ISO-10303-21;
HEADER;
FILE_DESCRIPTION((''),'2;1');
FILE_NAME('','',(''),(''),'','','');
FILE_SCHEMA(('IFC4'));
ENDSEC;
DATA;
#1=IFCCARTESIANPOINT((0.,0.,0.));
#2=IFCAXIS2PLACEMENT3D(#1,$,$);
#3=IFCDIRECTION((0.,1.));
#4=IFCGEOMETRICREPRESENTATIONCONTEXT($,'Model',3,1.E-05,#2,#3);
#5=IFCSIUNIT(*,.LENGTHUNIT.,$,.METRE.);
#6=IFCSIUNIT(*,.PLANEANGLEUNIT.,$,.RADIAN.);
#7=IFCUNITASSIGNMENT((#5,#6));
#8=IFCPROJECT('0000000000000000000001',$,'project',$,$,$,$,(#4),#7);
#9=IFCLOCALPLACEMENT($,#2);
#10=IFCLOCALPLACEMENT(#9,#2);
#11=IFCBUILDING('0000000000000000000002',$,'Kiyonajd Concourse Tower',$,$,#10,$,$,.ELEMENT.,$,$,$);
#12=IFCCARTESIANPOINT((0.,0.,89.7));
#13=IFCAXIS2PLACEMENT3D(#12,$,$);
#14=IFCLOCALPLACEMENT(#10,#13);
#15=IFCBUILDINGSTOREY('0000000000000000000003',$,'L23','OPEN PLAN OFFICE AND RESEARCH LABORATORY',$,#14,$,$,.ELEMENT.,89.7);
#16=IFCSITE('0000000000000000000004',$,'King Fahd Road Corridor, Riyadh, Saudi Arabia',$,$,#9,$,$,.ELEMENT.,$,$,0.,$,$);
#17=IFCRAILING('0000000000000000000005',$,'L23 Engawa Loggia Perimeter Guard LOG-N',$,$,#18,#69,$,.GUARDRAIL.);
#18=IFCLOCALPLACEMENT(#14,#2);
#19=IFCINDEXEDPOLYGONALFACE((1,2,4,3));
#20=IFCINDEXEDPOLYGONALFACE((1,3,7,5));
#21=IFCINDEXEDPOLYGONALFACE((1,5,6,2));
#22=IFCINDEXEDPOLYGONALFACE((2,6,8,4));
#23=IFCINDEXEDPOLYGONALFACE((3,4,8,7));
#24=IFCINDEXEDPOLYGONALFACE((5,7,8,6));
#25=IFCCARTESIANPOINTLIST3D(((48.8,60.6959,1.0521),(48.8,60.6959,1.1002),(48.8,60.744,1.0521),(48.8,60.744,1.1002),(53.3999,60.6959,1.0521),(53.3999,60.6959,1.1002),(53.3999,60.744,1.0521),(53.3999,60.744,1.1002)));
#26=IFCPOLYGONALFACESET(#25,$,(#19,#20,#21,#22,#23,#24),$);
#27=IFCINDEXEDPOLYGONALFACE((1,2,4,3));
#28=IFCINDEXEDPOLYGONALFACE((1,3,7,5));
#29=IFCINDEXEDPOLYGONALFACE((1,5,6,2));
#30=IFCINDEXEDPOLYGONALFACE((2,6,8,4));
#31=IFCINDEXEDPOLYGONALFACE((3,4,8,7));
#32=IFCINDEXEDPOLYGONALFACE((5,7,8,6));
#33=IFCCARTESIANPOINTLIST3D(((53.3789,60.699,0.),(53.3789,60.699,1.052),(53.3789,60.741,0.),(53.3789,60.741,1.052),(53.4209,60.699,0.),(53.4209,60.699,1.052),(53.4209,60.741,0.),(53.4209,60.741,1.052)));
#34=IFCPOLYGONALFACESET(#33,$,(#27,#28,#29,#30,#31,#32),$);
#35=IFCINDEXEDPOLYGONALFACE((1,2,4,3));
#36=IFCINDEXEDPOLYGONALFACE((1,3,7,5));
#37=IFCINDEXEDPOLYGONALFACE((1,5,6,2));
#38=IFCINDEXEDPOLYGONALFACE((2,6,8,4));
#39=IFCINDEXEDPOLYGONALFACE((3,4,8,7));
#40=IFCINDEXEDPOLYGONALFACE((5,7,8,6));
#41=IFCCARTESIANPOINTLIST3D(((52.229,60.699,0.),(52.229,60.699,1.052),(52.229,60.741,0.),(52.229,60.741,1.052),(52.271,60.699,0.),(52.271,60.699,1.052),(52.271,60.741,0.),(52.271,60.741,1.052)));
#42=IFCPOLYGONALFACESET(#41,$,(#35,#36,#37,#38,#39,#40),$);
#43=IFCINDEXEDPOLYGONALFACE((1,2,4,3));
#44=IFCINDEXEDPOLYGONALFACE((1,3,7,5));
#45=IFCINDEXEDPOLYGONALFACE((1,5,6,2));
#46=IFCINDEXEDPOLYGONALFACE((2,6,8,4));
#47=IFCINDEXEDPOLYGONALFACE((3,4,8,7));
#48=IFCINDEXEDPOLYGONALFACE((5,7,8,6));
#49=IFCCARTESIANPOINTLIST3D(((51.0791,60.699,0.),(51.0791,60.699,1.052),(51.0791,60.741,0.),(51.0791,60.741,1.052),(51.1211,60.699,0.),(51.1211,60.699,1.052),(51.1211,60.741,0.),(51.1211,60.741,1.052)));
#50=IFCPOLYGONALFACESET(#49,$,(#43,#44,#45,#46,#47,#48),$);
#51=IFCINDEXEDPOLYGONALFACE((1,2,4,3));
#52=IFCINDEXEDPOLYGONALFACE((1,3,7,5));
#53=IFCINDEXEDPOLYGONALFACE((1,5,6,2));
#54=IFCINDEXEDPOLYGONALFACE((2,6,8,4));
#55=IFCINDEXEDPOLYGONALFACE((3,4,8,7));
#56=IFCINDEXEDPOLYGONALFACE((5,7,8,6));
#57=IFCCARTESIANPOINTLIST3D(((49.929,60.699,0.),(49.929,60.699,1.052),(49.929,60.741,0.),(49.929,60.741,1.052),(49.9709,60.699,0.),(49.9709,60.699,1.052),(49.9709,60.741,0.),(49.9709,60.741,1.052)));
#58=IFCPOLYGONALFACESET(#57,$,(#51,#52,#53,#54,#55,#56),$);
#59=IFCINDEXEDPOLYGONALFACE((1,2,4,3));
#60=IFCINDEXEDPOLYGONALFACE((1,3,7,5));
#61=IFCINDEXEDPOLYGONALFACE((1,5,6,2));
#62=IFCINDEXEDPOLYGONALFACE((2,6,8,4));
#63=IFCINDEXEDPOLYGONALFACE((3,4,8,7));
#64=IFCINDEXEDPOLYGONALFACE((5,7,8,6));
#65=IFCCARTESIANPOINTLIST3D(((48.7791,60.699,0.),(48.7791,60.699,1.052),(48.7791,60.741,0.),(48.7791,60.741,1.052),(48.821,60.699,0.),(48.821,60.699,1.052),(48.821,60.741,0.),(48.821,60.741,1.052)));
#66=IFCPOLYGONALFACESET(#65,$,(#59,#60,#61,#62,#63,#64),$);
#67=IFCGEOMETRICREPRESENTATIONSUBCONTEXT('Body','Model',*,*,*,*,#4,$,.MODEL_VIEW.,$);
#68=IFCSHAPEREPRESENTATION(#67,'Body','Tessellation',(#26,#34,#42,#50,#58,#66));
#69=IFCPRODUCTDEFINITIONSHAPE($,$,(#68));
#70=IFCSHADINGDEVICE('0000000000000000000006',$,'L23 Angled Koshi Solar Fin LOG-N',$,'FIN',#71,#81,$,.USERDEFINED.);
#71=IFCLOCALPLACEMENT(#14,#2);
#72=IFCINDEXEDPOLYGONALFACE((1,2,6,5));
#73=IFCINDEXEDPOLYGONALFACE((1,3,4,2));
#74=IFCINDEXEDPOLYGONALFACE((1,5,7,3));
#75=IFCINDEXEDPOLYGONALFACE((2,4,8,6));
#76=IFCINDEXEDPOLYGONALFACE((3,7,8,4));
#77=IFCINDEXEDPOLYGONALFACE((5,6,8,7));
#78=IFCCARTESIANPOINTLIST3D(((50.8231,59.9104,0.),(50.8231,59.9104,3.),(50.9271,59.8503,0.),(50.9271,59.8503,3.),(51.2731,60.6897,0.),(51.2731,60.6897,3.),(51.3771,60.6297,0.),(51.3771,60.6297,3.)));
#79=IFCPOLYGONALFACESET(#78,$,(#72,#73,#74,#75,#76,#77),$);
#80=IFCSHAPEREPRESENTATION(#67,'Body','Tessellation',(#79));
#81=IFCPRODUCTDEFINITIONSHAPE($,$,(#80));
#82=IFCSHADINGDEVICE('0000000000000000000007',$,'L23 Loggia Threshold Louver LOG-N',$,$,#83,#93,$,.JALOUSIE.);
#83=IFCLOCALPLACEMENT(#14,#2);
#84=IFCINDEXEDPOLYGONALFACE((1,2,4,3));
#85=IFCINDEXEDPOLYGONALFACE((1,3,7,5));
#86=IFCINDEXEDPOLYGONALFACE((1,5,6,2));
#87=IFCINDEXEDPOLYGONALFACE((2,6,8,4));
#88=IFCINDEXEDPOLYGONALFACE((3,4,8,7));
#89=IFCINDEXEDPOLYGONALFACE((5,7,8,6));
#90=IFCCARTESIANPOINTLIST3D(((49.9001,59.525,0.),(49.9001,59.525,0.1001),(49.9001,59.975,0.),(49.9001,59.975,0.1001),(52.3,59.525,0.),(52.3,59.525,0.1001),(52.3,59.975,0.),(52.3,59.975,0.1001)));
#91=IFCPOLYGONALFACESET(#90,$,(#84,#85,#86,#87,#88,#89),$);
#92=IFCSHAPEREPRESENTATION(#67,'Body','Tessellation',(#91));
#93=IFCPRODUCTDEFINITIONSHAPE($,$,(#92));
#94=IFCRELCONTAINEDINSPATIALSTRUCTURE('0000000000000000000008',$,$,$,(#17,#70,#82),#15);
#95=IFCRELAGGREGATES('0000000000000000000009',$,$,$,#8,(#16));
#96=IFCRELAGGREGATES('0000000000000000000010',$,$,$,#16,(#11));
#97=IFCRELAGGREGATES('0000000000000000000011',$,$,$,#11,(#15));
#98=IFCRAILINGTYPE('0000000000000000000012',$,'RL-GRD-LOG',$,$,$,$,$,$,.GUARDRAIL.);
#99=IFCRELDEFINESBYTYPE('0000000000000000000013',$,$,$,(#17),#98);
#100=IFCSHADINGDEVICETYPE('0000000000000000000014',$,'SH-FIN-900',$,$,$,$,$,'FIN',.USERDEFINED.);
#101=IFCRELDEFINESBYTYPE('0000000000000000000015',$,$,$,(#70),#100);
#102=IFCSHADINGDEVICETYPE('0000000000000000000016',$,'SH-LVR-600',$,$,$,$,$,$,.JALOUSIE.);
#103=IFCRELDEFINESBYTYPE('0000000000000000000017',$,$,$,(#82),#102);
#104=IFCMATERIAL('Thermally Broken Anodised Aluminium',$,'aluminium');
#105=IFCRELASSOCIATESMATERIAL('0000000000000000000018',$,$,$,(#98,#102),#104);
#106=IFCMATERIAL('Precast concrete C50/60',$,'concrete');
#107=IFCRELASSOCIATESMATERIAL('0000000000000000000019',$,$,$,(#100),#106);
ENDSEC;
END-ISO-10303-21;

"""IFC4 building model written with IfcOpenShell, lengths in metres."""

from ifc_helpers import new_model, si_unit, direction, frame, origin, origin_2d, place, context, subcontext, project, spatial, rectangle, extrude, material, type_object, element, save


model = new_model("IFC4")

# Units and contexts
model_context = context("Model", 3, precision=1e-05, world=origin(), true_north=direction((0.0, 1.0)))
body_context = subcontext(model_context, "Body", "Model", "MODEL_VIEW")
ifc_project = project(units=[si_unit("LENGTHUNIT", "METRE"), si_unit("PLANEANGLEUNIT", "RADIAN")], contexts=[model_context])

# Site, building, storey
site_placement = place(None, origin())
site = spatial("IfcSite", under=ifc_project, at=site_placement, Name="King Fahd Road Corridor, Riyadh, Saudi Arabia", CompositionType="ELEMENT", RefElevation=0.0)
building_placement = place(site_placement, origin())
building = spatial("IfcBuilding", under=site, at=building_placement, Name="Kiyonajd Concourse Tower", CompositionType="ELEMENT")
storey_placement = place(building_placement, frame((0.0, 0.0, 89.7)))
storey = spatial("IfcBuildingStorey", under=building, at=storey_placement, Name="L23", Description="OPEN PLAN OFFICE AND RESEARCH LABORATORY", CompositionType="ELEMENT", Elevation=89.7)

# Shared definitions
ifc_material_1 = material(Name="Precast concrete C50/60", Category="concrete")

# Shared definitions
ifc_material_2 = material(Name="Thermally Broken Anodised Aluminium", Category="aluminium")

# Railing
railing_type = type_object("IfcRailingType", Name="RL-GRD-LOG", PredefinedType="GUARDRAIL", material=ifc_material_2)
railing_placement = place(storey_placement, frame((53.3999, 60.72, 0.0)))
element("IfcRailing", 1, at=railing_placement, inside=storey, type_object=railing_type, Name="L23 Engawa Loggia Perimeter Guard LOG-N", PredefinedType="GUARDRAIL", context=body_context, shape_type="SweptSolid", body=[
    extrude(rectangle(XDim=0.0481, YDim=0.0481, at=origin_2d()), frame((0.0, 0.0, 1.0762), z_axis=(-1.0, 0.0, 0.0), x_axis=(0.0, -1.0, 0.0)), (0.0, 0.0, 1.0), 4.5999),
    extrude(rectangle(XDim=0.042, YDim=0.042, at=origin_2d()), origin(), (0.0, 0.0, 1.0), 1.052),
    extrude(rectangle(XDim=0.042, YDim=0.042, at=origin_2d()), frame((-1.1499, 0.0, 0.0)), (0.0, 0.0, 1.0), 1.052),
    extrude(rectangle(XDim=0.042, YDim=0.042, at=origin_2d()), frame((-2.2998, 0.0, 0.0)), (0.0, 0.0, 1.0), 1.052),
    extrude(rectangle(XDim=0.042, YDim=0.042, at=origin_2d()), frame((-3.45, 0.0, 0.0)), (0.0, 0.0, 1.0), 1.052),
    extrude(rectangle(XDim=0.042, YDim=0.042, at=origin_2d()), frame((-4.5999, 0.0, 0.0)), (0.0, 0.0, 1.0), 1.052),
])

# Shading devices
shading_device_type_1 = type_object("IfcShadingDeviceType", Name="SH-FIN-900", ElementType="FIN", PredefinedType="USERDEFINED", material=ifc_material_1)
shading_device_1_placement = place(storey_placement, frame((51.1001, 60.27, 0.0), z_axis=(0.0, 0.0, 1.0), x_axis=(0.5, 0.866025, 0.0)))
element("IfcShadingDevice", 2, at=shading_device_1_placement, inside=storey, type_object=shading_device_type_1, Name="L23 Angled Koshi Solar Fin LOG-N", ObjectType="FIN", PredefinedType="USERDEFINED", context=body_context, shape_type="SweptSolid", body=[
    extrude(rectangle(XDim=0.8999, YDim=0.1201, at=origin_2d()), origin(), (0.0, 0.0, 1.0), 3.0),
])
shading_device_type_2 = type_object("IfcShadingDeviceType", Name="SH-LVR-600", PredefinedType="JALOUSIE", material=ifc_material_2)
shading_device_2_placement = place(storey_placement, frame((51.1001, 59.75, 0.0), z_axis=(0.0, 0.0, 1.0), x_axis=(1.0, 0.0, 0.0)))
element("IfcShadingDevice", 3, at=shading_device_2_placement, inside=storey, type_object=shading_device_type_2, Name="L23 Loggia Threshold Louver LOG-N", PredefinedType="JALOUSIE", context=body_context, shape_type="SweptSolid", body=[
    extrude(rectangle(XDim=2.3999, YDim=0.45, at=origin_2d()), origin(), (0.0, 0.0, 1.0), 0.1001),
])

save(model, "model.ifc")
